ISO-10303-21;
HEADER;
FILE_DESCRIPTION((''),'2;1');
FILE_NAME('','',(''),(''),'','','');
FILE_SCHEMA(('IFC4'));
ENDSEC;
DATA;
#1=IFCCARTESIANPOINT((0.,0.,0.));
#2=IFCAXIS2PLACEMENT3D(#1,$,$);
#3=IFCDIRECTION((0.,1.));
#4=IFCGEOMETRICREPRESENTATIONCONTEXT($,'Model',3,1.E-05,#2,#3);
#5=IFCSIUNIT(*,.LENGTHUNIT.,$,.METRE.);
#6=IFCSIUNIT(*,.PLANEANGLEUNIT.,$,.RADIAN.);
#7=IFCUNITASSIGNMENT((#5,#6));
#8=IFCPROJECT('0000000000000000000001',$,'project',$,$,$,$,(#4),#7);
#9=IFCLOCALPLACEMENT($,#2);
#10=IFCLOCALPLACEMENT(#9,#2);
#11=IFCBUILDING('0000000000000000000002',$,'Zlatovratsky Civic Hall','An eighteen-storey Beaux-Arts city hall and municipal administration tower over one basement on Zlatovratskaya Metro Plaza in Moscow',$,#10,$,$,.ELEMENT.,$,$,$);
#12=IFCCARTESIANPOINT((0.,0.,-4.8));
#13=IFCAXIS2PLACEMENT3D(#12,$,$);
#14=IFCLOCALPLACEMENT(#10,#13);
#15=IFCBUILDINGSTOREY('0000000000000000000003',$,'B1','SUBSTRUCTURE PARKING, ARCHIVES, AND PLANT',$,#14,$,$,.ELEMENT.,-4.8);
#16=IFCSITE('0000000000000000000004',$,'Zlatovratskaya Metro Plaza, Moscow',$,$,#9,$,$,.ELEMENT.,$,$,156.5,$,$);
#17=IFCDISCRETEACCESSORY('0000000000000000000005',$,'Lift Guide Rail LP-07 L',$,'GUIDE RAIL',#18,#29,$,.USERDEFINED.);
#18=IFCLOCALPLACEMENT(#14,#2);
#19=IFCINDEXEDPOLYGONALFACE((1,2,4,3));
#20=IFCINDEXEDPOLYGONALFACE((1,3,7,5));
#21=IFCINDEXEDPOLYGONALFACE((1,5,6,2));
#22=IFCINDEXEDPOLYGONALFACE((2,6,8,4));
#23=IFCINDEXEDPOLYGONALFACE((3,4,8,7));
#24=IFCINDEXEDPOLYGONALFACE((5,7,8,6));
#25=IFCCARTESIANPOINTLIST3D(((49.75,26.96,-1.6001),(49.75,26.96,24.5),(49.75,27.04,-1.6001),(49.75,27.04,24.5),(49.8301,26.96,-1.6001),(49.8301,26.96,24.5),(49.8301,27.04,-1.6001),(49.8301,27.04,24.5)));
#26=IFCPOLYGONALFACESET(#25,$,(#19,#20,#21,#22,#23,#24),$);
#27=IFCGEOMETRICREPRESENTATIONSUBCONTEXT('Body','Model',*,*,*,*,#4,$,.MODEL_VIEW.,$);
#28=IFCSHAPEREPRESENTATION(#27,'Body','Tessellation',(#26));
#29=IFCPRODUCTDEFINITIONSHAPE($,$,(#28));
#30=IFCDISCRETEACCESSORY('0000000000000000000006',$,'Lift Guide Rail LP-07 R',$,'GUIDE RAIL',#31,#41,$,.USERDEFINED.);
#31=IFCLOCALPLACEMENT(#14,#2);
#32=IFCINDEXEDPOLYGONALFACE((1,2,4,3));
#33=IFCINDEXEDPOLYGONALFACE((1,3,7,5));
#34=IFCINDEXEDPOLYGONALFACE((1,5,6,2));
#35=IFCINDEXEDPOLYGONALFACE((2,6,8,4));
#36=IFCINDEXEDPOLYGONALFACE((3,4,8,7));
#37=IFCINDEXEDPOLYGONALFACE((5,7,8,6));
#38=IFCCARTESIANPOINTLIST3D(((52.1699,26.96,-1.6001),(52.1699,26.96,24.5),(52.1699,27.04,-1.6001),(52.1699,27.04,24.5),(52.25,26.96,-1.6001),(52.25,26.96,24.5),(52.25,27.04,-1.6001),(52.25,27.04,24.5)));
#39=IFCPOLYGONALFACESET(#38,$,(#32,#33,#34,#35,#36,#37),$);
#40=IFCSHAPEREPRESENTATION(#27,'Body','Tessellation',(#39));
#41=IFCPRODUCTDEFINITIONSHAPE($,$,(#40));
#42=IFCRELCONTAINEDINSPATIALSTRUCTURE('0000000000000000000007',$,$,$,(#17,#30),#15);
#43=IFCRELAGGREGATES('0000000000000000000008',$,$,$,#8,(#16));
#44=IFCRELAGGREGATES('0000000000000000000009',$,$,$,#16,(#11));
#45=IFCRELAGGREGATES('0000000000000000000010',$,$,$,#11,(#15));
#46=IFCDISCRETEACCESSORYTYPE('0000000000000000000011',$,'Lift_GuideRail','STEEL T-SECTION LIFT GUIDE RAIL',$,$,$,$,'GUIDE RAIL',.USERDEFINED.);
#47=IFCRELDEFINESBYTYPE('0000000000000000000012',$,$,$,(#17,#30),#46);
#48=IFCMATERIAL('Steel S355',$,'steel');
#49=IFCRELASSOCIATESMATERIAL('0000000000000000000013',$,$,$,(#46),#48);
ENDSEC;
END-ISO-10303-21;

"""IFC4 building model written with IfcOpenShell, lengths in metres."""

from ifc_helpers import new_model, si_unit, direction, frame, origin, origin_2d, place, context, subcontext, project, spatial, rectangle, extrude, material, type_object, element, save


model = new_model("IFC4")

# Units and contexts
model_context = context("Model", 3, precision=1e-05, world=origin(), true_north=direction((0.0, 1.0)))
body_context = subcontext(model_context, "Body", "Model", "MODEL_VIEW")
ifc_project = project(units=[si_unit("LENGTHUNIT", "METRE"), si_unit("PLANEANGLEUNIT", "RADIAN")], contexts=[model_context])

# Site, building, storey
site_placement = place(None, origin())
site = spatial("IfcSite", under=ifc_project, at=site_placement, Name="Zlatovratskaya Metro Plaza, Moscow", CompositionType="ELEMENT", RefElevation=156.5)
building_placement = place(site_placement, origin())
building = spatial("IfcBuilding", under=site, at=building_placement, Name="Zlatovratsky Civic Hall", Description="An eighteen-storey Beaux-Arts city hall and municipal administration tower over one basement on Zlatovratskaya Metro Plaza in Moscow", CompositionType="ELEMENT")
storey_placement = place(building_placement, frame((0.0, 0.0, -4.8)))
storey = spatial("IfcBuildingStorey", under=building, at=storey_placement, Name="B1", Description="SUBSTRUCTURE PARKING, ARCHIVES, AND PLANT", CompositionType="ELEMENT", Elevation=-4.8)

# Shared definitions
ifc_material_1 = material(Name="Steel S355", Category="steel")

# Discrete accessories
discrete_accessory_type = type_object("IfcDiscreteAccessoryType", Name="Lift_GuideRail", Description="STEEL T-SECTION LIFT GUIDE RAIL", ElementType="GUIDE RAIL", PredefinedType="USERDEFINED", material=ifc_material_1)
for number, where, z_axis, x_axis, name in (
    (1, (49.79, 27.0, -1.6001), (0.0, 0.0, 1.0), (1.0, 0.0, 0.0), "Lift Guide Rail LP-07 L"),
    (2, (52.21, 27.0, -1.6001), (0.0, 0.0, 1.0), (1.0, 0.0, 0.0), "Lift Guide Rail LP-07 R"),
):
    element("IfcDiscreteAccessory", number, at=place(storey_placement, frame(where, z_axis=z_axis, x_axis=x_axis)), inside=storey, type_object=discrete_accessory_type, Name=name, ObjectType="GUIDE RAIL", PredefinedType="USERDEFINED", context=body_context, shape_type="SweptSolid", body=[
        extrude(rectangle(XDim=0.0801, YDim=0.0801, at=origin_2d()), origin(), (0.0, 0.0, 1.0), 26.1001),
    ])

save(model, "model.ifc")
